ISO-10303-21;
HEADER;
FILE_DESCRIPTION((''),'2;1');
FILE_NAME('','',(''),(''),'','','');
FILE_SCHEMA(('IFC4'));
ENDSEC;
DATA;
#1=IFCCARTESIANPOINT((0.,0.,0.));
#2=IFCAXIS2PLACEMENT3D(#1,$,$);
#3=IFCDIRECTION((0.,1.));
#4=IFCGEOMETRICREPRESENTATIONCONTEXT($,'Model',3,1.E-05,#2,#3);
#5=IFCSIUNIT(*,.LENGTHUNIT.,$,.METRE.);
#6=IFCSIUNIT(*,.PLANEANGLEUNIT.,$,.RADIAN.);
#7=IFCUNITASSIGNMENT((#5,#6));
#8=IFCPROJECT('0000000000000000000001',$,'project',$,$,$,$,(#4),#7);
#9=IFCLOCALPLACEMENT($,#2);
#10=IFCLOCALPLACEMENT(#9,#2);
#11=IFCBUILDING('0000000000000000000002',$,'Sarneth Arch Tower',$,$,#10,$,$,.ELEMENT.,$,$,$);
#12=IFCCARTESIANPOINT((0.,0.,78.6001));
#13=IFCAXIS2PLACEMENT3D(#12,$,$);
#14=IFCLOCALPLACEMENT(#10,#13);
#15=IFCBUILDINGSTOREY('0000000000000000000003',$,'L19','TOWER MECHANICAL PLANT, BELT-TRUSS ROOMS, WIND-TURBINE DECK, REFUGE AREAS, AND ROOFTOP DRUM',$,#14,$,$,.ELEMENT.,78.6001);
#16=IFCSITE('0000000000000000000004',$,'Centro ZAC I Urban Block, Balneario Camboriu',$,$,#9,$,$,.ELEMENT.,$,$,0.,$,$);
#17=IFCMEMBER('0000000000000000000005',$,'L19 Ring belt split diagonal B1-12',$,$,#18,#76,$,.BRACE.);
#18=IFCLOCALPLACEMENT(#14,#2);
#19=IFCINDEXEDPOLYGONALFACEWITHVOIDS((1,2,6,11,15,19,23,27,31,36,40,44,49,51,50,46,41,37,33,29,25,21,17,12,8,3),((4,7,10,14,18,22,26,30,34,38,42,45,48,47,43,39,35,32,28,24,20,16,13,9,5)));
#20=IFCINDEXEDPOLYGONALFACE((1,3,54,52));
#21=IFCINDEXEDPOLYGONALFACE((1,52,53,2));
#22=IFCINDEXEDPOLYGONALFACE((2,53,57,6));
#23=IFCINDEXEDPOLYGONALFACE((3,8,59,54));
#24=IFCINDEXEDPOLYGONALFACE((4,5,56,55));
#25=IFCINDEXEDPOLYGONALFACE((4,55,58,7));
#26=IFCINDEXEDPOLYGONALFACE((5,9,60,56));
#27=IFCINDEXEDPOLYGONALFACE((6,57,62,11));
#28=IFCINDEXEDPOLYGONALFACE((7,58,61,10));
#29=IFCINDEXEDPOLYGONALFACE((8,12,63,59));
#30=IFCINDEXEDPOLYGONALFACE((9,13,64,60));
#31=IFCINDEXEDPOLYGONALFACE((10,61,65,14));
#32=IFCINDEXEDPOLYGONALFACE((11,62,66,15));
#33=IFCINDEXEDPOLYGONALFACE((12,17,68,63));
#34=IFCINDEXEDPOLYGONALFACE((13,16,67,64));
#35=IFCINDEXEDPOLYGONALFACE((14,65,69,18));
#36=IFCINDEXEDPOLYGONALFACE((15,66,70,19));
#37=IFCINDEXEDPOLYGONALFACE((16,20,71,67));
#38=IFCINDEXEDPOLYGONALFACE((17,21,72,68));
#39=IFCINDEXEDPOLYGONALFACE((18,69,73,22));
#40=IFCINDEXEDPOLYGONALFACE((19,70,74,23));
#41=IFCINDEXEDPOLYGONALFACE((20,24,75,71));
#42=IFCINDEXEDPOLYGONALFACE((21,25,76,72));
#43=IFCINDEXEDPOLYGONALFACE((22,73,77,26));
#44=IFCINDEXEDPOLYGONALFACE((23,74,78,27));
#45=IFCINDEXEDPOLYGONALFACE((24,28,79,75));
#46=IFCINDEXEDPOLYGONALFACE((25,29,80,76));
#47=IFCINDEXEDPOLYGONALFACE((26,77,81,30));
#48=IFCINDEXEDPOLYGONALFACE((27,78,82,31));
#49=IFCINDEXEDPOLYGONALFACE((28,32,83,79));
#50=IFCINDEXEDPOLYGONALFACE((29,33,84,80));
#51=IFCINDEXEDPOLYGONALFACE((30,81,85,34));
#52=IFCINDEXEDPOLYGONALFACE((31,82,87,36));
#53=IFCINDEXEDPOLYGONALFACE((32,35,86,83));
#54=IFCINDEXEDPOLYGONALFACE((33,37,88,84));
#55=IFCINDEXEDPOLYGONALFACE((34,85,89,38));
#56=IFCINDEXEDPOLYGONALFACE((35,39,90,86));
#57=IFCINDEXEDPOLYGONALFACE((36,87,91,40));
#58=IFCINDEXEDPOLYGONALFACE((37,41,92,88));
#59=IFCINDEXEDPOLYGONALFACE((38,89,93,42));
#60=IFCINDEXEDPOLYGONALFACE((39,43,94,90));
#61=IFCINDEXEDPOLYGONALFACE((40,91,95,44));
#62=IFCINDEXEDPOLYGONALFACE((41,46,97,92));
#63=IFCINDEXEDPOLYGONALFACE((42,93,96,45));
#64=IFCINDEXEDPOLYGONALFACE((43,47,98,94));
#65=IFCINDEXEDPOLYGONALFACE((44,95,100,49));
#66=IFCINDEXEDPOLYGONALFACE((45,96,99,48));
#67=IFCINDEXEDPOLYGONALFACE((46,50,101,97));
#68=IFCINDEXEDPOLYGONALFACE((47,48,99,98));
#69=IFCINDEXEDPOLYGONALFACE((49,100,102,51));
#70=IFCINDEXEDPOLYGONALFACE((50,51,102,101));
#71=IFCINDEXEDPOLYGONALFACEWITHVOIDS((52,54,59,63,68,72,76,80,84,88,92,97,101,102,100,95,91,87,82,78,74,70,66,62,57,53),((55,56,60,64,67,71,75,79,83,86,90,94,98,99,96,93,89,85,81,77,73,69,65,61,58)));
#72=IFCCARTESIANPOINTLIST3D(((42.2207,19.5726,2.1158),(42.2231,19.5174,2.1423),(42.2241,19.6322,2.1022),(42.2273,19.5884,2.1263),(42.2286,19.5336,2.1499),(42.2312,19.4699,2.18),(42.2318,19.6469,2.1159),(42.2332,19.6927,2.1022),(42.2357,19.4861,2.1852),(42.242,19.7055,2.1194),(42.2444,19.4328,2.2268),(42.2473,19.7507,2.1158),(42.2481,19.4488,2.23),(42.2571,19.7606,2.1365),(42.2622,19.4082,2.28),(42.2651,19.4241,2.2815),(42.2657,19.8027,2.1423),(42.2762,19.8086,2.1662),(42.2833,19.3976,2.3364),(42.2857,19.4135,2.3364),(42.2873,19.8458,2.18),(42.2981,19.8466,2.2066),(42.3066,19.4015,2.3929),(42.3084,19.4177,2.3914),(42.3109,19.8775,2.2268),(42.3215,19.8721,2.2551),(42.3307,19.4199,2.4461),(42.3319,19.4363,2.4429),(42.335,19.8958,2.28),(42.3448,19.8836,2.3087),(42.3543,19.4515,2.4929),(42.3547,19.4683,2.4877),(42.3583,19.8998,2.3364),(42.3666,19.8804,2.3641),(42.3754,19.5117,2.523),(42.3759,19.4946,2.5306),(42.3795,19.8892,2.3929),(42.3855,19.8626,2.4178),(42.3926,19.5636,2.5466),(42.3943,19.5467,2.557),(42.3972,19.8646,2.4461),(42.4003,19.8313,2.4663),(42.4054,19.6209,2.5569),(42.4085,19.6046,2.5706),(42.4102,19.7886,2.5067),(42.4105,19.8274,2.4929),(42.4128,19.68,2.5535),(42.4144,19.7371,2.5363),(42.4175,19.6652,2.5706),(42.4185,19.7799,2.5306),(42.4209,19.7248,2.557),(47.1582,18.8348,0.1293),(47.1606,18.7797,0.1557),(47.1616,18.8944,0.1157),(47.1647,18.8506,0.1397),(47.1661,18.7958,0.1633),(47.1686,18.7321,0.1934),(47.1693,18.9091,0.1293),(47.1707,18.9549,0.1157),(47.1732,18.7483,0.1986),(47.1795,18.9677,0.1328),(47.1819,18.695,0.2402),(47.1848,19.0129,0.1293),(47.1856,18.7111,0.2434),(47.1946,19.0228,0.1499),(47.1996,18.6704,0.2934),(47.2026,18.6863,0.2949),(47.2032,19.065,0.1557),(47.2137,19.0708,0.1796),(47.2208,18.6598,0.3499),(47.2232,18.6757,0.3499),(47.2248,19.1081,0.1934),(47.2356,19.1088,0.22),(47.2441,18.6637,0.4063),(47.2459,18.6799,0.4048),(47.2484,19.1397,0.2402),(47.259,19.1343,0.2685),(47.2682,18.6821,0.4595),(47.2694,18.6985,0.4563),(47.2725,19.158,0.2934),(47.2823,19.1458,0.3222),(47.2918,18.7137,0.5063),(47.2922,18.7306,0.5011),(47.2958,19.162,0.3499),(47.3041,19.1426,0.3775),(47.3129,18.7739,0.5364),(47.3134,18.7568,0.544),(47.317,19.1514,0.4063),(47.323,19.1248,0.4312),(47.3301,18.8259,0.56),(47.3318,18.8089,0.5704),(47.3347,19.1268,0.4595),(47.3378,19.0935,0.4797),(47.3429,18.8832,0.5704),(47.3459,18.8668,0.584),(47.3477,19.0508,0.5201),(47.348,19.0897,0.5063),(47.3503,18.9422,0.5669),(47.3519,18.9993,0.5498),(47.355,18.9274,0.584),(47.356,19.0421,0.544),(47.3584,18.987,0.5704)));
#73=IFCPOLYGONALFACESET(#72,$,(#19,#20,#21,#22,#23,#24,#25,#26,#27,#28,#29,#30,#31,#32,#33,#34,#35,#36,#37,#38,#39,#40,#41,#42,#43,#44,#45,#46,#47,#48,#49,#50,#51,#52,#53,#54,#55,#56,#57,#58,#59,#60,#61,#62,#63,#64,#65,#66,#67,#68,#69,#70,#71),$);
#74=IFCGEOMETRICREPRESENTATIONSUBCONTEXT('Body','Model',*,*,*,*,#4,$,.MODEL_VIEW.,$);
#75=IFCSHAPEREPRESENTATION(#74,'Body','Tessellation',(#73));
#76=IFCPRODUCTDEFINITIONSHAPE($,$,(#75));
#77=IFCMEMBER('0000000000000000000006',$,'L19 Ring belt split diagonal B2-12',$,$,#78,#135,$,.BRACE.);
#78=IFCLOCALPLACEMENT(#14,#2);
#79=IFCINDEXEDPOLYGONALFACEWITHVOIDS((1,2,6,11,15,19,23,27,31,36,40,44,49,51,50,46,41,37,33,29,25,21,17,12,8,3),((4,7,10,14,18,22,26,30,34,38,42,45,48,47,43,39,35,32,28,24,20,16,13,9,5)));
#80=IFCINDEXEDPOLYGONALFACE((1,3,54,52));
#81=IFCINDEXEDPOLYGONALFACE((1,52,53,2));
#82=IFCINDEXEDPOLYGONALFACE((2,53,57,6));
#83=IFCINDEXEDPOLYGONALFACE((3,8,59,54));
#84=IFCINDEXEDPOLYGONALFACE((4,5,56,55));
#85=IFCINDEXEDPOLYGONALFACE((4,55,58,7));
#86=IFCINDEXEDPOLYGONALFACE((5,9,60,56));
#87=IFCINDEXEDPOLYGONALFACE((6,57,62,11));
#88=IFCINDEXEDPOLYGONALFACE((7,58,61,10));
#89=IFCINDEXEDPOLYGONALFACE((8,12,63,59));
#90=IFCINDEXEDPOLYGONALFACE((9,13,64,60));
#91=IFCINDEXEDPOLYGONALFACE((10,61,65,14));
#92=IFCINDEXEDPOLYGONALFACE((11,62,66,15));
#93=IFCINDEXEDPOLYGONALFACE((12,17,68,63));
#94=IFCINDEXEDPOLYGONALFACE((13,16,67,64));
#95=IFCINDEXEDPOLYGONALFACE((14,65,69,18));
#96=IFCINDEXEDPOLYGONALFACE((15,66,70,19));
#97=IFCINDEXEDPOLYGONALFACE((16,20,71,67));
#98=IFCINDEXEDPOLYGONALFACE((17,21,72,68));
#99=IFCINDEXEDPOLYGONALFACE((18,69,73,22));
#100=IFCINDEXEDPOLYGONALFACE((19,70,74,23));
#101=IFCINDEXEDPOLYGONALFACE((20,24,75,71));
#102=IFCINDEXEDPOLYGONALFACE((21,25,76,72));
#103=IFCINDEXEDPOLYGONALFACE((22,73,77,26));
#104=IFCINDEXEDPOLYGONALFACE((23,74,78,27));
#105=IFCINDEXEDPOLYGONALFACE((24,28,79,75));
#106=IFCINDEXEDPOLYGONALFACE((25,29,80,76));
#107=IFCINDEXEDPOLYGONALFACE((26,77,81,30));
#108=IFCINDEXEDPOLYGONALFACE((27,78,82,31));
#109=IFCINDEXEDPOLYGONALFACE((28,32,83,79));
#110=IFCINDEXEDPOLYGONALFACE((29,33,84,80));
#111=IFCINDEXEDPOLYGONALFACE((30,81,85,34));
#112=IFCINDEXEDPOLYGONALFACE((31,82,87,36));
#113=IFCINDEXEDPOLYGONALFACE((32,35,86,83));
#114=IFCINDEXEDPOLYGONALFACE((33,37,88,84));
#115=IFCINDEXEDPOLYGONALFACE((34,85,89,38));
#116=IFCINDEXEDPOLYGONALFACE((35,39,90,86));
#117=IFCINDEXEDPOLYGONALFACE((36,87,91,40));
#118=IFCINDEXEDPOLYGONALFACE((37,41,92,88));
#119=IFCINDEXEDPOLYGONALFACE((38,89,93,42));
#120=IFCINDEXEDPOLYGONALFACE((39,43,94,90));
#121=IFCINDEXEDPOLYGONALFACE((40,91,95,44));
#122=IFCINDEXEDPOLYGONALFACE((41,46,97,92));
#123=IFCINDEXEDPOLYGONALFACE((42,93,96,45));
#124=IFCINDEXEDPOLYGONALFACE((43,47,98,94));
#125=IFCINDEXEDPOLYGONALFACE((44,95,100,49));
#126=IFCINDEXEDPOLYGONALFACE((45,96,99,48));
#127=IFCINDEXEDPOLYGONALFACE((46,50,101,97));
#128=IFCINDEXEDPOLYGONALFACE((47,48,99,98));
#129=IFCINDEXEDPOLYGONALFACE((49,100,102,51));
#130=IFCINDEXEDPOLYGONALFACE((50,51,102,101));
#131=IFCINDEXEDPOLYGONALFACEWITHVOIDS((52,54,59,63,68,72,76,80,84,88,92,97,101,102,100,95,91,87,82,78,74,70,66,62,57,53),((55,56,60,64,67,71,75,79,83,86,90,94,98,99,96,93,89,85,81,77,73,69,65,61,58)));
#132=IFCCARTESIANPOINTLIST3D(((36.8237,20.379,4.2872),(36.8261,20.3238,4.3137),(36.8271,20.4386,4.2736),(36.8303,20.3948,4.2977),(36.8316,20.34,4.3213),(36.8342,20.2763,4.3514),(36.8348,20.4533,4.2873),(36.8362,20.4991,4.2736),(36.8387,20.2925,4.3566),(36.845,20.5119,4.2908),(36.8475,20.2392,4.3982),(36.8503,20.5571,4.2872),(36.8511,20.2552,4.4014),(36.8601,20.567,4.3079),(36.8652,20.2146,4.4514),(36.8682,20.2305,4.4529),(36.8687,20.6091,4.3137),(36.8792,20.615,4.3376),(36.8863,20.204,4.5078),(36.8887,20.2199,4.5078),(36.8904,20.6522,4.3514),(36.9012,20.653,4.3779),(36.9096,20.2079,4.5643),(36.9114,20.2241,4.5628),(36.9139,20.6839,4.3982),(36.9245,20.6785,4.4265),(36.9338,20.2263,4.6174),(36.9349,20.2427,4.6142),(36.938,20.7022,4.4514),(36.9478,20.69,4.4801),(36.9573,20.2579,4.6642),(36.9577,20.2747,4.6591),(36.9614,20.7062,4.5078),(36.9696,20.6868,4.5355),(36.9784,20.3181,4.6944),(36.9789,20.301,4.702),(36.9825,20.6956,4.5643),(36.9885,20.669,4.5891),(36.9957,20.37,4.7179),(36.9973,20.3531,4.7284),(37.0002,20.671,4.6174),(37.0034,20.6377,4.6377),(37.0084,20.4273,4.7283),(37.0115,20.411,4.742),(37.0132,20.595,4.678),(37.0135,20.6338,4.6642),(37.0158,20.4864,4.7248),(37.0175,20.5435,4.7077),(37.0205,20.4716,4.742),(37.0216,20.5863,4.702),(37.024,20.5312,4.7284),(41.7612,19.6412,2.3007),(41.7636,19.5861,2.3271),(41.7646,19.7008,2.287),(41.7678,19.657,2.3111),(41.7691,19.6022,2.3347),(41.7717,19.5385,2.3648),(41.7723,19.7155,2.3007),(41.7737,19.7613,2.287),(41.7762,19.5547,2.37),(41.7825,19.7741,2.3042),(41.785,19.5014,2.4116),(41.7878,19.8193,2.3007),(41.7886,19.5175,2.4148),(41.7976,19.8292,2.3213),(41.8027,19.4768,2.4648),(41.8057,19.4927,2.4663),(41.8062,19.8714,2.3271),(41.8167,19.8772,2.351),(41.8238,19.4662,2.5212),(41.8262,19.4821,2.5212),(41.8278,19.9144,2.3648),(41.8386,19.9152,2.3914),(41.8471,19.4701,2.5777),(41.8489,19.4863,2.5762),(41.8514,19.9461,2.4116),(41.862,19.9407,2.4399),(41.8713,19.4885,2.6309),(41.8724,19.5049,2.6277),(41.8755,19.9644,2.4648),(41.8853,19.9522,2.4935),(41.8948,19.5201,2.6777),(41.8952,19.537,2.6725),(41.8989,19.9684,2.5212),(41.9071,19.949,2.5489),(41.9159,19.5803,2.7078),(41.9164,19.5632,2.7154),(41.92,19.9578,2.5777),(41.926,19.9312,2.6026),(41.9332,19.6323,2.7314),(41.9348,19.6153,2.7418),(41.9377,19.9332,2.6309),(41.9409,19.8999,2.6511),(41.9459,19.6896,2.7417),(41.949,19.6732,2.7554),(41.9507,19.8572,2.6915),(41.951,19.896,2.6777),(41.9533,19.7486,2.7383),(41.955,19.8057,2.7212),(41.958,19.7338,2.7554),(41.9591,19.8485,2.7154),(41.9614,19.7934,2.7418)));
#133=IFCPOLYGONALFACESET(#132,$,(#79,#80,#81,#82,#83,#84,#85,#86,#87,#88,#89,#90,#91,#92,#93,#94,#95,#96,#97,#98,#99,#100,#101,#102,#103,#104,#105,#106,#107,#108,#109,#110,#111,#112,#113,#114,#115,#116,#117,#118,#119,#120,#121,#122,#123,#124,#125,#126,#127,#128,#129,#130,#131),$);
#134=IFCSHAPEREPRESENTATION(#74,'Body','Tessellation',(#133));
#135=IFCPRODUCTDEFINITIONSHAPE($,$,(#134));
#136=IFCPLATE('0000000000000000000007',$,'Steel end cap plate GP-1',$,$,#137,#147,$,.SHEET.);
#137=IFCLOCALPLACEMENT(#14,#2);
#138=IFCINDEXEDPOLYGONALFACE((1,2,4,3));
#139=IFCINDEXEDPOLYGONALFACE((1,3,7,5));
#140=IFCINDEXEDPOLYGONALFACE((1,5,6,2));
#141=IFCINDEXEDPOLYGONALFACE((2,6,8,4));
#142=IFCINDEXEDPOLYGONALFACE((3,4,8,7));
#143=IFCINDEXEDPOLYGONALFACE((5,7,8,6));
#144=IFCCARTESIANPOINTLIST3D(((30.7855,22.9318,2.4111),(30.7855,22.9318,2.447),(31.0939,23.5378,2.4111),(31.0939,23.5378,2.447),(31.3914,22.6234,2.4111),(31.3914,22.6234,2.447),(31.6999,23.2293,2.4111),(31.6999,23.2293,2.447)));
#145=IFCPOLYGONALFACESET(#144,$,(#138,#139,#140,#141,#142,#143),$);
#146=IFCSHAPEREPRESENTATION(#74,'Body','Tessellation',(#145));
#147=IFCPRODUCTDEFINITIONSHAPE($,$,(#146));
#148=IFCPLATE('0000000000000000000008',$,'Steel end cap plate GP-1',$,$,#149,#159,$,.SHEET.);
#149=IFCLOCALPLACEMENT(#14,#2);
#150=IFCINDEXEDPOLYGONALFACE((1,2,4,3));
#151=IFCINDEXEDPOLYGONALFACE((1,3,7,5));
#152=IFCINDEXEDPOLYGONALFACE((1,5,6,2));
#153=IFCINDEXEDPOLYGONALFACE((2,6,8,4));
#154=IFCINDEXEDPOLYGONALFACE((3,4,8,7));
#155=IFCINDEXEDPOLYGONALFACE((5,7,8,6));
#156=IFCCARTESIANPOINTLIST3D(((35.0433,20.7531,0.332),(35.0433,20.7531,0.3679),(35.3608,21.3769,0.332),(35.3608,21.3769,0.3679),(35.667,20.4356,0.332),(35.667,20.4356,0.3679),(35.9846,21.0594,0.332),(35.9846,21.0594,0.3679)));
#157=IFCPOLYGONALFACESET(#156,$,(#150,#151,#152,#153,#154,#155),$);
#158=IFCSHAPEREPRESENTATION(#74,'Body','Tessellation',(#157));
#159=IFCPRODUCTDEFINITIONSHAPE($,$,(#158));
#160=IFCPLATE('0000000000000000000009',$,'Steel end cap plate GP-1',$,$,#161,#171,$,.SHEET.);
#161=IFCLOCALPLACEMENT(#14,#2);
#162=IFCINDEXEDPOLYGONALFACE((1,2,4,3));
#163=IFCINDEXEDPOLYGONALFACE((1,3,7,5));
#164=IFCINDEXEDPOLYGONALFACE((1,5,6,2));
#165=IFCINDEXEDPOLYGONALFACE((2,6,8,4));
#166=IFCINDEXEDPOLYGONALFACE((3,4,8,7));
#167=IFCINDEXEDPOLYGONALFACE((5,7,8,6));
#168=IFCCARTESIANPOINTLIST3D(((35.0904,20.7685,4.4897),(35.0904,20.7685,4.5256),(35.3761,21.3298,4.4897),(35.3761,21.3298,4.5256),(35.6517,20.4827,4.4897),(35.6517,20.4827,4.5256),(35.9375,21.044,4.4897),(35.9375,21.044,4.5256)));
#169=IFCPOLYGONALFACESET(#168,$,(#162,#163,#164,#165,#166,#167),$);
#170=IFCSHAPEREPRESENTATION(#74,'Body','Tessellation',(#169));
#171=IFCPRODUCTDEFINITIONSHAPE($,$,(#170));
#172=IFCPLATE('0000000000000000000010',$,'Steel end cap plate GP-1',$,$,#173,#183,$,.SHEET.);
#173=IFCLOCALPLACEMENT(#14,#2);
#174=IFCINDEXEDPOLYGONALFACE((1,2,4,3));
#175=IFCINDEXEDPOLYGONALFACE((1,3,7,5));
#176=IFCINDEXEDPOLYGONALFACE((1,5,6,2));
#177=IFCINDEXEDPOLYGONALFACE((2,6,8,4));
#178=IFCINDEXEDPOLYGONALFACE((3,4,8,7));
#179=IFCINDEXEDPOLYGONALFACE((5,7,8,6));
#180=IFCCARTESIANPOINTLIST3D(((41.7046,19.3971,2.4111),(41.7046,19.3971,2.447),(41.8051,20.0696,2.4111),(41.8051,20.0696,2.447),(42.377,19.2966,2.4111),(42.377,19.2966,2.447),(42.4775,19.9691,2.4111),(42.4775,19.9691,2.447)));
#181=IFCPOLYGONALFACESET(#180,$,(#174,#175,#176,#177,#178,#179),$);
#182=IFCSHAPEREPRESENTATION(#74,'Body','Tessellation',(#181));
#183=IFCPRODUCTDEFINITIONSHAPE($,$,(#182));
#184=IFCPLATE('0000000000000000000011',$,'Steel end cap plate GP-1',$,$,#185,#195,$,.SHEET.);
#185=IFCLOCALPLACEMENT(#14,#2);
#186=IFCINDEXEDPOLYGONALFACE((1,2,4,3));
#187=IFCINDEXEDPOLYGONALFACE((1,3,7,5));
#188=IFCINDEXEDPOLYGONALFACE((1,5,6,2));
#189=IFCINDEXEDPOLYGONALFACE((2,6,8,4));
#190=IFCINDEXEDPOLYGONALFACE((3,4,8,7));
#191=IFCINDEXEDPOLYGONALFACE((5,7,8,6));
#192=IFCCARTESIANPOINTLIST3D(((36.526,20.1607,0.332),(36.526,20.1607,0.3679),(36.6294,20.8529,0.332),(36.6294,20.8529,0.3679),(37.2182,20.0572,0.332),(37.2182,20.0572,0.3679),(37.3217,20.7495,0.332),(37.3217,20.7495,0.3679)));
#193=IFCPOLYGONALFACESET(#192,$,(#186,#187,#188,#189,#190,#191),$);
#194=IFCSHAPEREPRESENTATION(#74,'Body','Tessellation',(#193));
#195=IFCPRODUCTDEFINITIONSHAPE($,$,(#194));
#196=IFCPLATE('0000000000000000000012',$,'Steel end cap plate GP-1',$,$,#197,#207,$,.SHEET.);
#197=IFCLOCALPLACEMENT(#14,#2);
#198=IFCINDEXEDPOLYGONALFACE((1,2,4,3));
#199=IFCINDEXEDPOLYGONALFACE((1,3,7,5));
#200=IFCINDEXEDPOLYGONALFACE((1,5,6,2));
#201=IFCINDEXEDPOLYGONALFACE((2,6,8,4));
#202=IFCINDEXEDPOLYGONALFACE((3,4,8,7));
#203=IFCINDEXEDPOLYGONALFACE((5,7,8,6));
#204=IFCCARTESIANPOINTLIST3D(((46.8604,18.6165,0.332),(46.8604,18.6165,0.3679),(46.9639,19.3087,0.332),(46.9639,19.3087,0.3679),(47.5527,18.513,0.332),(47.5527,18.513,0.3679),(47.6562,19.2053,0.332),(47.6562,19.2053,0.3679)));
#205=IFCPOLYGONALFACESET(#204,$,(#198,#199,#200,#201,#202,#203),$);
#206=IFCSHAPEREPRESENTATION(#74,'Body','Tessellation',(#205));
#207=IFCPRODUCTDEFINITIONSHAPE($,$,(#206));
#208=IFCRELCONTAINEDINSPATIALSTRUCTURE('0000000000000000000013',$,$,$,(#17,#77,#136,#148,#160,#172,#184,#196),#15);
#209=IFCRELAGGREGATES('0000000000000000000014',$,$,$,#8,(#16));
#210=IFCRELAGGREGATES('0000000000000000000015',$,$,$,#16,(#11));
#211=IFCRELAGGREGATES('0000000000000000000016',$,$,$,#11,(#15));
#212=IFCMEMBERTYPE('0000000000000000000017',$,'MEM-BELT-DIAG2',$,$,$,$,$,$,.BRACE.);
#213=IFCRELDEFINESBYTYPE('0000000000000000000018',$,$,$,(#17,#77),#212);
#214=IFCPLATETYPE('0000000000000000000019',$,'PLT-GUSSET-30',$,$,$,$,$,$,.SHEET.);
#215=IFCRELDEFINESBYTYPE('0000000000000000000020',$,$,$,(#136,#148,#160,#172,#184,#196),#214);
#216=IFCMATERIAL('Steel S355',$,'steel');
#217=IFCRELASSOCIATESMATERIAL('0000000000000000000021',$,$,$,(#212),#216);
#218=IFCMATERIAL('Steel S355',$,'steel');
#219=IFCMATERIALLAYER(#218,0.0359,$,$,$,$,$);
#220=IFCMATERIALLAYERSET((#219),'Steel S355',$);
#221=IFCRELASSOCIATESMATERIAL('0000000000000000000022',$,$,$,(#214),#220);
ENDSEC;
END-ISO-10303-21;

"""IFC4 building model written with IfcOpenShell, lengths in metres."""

from ifc_helpers import new_model, si_unit, direction, frame, origin, origin_2d, place, context, subcontext, project, spatial, rectangle, hollow_circle, extrude, material, layer, layer_set, material_profile, profile_set, type_object, element, save


model = new_model("IFC4")

# Units and contexts
model_context = context("Model", 3, precision=1e-05, world=origin(), true_north=direction((0.0, 1.0)))
body_context = subcontext(model_context, "Body", "Model", "MODEL_VIEW")
ifc_project = project(units=[si_unit("LENGTHUNIT", "METRE"), si_unit("PLANEANGLEUNIT", "RADIAN")], contexts=[model_context])

# Site, building, storey
site_placement = place(None, origin())
site = spatial("IfcSite", under=ifc_project, at=site_placement, Name="Centro ZAC I Urban Block, Balneario Camboriu", CompositionType="ELEMENT", RefElevation=0.0)
building_placement = place(site_placement, origin())
building = spatial("IfcBuilding", under=site, at=building_placement, Name="Sarneth Arch Tower", CompositionType="ELEMENT")
storey_placement = place(building_placement, frame((0.0, 0.0, 78.6001)))
storey = spatial("IfcBuildingStorey", under=building, at=storey_placement, Name="L19", Description="TOWER MECHANICAL PLANT, BELT-TRUSS ROOMS, WIND-TURBINE DECK, REFUGE AREAS, AND ROOFTOP DRUM", CompositionType="ELEMENT", Elevation=78.6001)

# Members
ifc_material_1 = material(Name="Steel S355", Category="steel")
ifc_material_profile_1 = material_profile(ifc_material_1, hollow_circle(Radius=0.2539, WallThickness=0.0161, at=origin_2d()), Name="CHS508x16")
ifc_profile_set_1 = profile_set([ifc_material_profile_1], Name="Steel S355")
member_type_1 = type_object("IfcMemberType", Name="MEM-BELT-DIAG2", PredefinedType="BRACE", material=ifc_profile_set_1)
for number, where, z_axis, x_axis, name in (
    (1, (47.2583, 18.9109, 0.3499), (-0.918937, 0.137314, 0.369729), (-0.147786, -0.989019, 0.0), "L19 Ring belt split diagonal B1-12"),
    (2, (41.8613, 19.7173, 2.5212), (-0.918937, 0.137314, 0.369729), (-0.147786, -0.989019, 0.0), "L19 Ring belt split diagonal B2-12"),
):
    element("IfcMember", number, at=place(storey_placement, frame(where, z_axis=z_axis, x_axis=x_axis)), inside=storey, type_object=member_type_1, Name=name, PredefinedType="BRACE", context=body_context, shape_type="SweptSolid", body=[
        extrude(hollow_circle(Radius=0.2539, WallThickness=0.0161, at=origin_2d()), origin(), (0.0, 0.0, 1.0), 5.373),
    ])

# Plates
ifc_material_2 = material(Name="Steel S355", Category="steel")
ifc_layer_1 = layer(ifc_material_2, 0.0359)
ifc_layer_set_1 = layer_set([ifc_layer_1], Name="Steel S355")
plate_type_1 = type_object("IfcPlateType", Name="PLT-GUSSET-30", PredefinedType="SHEET", material=ifc_layer_set_1)
plate_1_placement = place(storey_placement, frame((31.2427, 23.0806, 2.4111), z_axis=(0.0, 0.0, 1.0), x_axis=(0.891165, -0.453679, 0.0)))
element("IfcPlate", 3, at=plate_1_placement, inside=storey, type_object=plate_type_1, Name="Steel end cap plate GP-1", PredefinedType="SHEET", context=body_context, shape_type="SweptSolid", body=[
    extrude(rectangle(XDim=0.6799, YDim=0.6799, at=origin_2d()), origin(), (0.0, 0.0, 1.0), 0.0359),
])
plate_2_placement = place(storey_placement, frame((35.5139, 20.9062, 0.332), z_axis=(0.0, 0.0, 1.0), x_axis=(0.891165, -0.453679, 0.0)))
element("IfcPlate", 4, at=plate_2_placement, inside=storey, type_object=plate_type_1, Name="Steel end cap plate GP-1", PredefinedType="SHEET", context=body_context, shape_type="SweptSolid", body=[
    extrude(rectangle(XDim=0.7, YDim=0.7, at=origin_2d()), origin(), (0.0, 0.0, 1.0), 0.0359),
])
plate_3_placement = place(storey_placement, frame((35.5139, 20.9062, 4.4897), z_axis=(0.0, 0.0, 1.0), x_axis=(0.891165, -0.453679, 0.0)))
element("IfcPlate", 5, at=plate_3_placement, inside=storey, type_object=plate_type_1, Name="Steel end cap plate GP-1", PredefinedType="SHEET", context=body_context, shape_type="SweptSolid", body=[
    extrude(rectangle(XDim=0.6299, YDim=0.6299, at=origin_2d()), origin(), (0.0, 0.0, 1.0), 0.0359),
])
plate_4_placement = place(storey_placement, frame((42.0911, 19.6831, 2.4111), z_axis=(0.0, 0.0, 1.0), x_axis=(0.989016, -0.147809, 0.0)))
element("IfcPlate", 6, at=plate_4_placement, inside=storey, type_object=plate_type_1, Name="Steel end cap plate GP-1", PredefinedType="SHEET", context=body_context, shape_type="SweptSolid", body=[
    extrude(rectangle(XDim=0.6799, YDim=0.6799, at=origin_2d()), origin(), (0.0, 0.0, 1.0), 0.0359),
])
for number, where, z_axis, x_axis, name in (
    (7, (36.9238, 20.4551, 0.332), (0.0, 0.0, 1.0), (-0.989016, 0.147809, 0.0), "Steel end cap plate GP-1"),
    (8, (47.2583, 18.9109, 0.332), (0.0, 0.0, 1.0), (0.989016, -0.147809, 0.0), "Steel end cap plate GP-1"),
):
    element("IfcPlate", number, at=place(storey_placement, frame(where, z_axis=z_axis, x_axis=x_axis)), inside=storey, type_object=plate_type_1, Name=name, PredefinedType="SHEET", context=body_context, shape_type="SweptSolid", body=[
        extrude(rectangle(XDim=0.7, YDim=0.7, at=origin_2d()), origin(), (0.0, 0.0, 1.0), 0.0359),
    ])

save(model, "model.ifc")
